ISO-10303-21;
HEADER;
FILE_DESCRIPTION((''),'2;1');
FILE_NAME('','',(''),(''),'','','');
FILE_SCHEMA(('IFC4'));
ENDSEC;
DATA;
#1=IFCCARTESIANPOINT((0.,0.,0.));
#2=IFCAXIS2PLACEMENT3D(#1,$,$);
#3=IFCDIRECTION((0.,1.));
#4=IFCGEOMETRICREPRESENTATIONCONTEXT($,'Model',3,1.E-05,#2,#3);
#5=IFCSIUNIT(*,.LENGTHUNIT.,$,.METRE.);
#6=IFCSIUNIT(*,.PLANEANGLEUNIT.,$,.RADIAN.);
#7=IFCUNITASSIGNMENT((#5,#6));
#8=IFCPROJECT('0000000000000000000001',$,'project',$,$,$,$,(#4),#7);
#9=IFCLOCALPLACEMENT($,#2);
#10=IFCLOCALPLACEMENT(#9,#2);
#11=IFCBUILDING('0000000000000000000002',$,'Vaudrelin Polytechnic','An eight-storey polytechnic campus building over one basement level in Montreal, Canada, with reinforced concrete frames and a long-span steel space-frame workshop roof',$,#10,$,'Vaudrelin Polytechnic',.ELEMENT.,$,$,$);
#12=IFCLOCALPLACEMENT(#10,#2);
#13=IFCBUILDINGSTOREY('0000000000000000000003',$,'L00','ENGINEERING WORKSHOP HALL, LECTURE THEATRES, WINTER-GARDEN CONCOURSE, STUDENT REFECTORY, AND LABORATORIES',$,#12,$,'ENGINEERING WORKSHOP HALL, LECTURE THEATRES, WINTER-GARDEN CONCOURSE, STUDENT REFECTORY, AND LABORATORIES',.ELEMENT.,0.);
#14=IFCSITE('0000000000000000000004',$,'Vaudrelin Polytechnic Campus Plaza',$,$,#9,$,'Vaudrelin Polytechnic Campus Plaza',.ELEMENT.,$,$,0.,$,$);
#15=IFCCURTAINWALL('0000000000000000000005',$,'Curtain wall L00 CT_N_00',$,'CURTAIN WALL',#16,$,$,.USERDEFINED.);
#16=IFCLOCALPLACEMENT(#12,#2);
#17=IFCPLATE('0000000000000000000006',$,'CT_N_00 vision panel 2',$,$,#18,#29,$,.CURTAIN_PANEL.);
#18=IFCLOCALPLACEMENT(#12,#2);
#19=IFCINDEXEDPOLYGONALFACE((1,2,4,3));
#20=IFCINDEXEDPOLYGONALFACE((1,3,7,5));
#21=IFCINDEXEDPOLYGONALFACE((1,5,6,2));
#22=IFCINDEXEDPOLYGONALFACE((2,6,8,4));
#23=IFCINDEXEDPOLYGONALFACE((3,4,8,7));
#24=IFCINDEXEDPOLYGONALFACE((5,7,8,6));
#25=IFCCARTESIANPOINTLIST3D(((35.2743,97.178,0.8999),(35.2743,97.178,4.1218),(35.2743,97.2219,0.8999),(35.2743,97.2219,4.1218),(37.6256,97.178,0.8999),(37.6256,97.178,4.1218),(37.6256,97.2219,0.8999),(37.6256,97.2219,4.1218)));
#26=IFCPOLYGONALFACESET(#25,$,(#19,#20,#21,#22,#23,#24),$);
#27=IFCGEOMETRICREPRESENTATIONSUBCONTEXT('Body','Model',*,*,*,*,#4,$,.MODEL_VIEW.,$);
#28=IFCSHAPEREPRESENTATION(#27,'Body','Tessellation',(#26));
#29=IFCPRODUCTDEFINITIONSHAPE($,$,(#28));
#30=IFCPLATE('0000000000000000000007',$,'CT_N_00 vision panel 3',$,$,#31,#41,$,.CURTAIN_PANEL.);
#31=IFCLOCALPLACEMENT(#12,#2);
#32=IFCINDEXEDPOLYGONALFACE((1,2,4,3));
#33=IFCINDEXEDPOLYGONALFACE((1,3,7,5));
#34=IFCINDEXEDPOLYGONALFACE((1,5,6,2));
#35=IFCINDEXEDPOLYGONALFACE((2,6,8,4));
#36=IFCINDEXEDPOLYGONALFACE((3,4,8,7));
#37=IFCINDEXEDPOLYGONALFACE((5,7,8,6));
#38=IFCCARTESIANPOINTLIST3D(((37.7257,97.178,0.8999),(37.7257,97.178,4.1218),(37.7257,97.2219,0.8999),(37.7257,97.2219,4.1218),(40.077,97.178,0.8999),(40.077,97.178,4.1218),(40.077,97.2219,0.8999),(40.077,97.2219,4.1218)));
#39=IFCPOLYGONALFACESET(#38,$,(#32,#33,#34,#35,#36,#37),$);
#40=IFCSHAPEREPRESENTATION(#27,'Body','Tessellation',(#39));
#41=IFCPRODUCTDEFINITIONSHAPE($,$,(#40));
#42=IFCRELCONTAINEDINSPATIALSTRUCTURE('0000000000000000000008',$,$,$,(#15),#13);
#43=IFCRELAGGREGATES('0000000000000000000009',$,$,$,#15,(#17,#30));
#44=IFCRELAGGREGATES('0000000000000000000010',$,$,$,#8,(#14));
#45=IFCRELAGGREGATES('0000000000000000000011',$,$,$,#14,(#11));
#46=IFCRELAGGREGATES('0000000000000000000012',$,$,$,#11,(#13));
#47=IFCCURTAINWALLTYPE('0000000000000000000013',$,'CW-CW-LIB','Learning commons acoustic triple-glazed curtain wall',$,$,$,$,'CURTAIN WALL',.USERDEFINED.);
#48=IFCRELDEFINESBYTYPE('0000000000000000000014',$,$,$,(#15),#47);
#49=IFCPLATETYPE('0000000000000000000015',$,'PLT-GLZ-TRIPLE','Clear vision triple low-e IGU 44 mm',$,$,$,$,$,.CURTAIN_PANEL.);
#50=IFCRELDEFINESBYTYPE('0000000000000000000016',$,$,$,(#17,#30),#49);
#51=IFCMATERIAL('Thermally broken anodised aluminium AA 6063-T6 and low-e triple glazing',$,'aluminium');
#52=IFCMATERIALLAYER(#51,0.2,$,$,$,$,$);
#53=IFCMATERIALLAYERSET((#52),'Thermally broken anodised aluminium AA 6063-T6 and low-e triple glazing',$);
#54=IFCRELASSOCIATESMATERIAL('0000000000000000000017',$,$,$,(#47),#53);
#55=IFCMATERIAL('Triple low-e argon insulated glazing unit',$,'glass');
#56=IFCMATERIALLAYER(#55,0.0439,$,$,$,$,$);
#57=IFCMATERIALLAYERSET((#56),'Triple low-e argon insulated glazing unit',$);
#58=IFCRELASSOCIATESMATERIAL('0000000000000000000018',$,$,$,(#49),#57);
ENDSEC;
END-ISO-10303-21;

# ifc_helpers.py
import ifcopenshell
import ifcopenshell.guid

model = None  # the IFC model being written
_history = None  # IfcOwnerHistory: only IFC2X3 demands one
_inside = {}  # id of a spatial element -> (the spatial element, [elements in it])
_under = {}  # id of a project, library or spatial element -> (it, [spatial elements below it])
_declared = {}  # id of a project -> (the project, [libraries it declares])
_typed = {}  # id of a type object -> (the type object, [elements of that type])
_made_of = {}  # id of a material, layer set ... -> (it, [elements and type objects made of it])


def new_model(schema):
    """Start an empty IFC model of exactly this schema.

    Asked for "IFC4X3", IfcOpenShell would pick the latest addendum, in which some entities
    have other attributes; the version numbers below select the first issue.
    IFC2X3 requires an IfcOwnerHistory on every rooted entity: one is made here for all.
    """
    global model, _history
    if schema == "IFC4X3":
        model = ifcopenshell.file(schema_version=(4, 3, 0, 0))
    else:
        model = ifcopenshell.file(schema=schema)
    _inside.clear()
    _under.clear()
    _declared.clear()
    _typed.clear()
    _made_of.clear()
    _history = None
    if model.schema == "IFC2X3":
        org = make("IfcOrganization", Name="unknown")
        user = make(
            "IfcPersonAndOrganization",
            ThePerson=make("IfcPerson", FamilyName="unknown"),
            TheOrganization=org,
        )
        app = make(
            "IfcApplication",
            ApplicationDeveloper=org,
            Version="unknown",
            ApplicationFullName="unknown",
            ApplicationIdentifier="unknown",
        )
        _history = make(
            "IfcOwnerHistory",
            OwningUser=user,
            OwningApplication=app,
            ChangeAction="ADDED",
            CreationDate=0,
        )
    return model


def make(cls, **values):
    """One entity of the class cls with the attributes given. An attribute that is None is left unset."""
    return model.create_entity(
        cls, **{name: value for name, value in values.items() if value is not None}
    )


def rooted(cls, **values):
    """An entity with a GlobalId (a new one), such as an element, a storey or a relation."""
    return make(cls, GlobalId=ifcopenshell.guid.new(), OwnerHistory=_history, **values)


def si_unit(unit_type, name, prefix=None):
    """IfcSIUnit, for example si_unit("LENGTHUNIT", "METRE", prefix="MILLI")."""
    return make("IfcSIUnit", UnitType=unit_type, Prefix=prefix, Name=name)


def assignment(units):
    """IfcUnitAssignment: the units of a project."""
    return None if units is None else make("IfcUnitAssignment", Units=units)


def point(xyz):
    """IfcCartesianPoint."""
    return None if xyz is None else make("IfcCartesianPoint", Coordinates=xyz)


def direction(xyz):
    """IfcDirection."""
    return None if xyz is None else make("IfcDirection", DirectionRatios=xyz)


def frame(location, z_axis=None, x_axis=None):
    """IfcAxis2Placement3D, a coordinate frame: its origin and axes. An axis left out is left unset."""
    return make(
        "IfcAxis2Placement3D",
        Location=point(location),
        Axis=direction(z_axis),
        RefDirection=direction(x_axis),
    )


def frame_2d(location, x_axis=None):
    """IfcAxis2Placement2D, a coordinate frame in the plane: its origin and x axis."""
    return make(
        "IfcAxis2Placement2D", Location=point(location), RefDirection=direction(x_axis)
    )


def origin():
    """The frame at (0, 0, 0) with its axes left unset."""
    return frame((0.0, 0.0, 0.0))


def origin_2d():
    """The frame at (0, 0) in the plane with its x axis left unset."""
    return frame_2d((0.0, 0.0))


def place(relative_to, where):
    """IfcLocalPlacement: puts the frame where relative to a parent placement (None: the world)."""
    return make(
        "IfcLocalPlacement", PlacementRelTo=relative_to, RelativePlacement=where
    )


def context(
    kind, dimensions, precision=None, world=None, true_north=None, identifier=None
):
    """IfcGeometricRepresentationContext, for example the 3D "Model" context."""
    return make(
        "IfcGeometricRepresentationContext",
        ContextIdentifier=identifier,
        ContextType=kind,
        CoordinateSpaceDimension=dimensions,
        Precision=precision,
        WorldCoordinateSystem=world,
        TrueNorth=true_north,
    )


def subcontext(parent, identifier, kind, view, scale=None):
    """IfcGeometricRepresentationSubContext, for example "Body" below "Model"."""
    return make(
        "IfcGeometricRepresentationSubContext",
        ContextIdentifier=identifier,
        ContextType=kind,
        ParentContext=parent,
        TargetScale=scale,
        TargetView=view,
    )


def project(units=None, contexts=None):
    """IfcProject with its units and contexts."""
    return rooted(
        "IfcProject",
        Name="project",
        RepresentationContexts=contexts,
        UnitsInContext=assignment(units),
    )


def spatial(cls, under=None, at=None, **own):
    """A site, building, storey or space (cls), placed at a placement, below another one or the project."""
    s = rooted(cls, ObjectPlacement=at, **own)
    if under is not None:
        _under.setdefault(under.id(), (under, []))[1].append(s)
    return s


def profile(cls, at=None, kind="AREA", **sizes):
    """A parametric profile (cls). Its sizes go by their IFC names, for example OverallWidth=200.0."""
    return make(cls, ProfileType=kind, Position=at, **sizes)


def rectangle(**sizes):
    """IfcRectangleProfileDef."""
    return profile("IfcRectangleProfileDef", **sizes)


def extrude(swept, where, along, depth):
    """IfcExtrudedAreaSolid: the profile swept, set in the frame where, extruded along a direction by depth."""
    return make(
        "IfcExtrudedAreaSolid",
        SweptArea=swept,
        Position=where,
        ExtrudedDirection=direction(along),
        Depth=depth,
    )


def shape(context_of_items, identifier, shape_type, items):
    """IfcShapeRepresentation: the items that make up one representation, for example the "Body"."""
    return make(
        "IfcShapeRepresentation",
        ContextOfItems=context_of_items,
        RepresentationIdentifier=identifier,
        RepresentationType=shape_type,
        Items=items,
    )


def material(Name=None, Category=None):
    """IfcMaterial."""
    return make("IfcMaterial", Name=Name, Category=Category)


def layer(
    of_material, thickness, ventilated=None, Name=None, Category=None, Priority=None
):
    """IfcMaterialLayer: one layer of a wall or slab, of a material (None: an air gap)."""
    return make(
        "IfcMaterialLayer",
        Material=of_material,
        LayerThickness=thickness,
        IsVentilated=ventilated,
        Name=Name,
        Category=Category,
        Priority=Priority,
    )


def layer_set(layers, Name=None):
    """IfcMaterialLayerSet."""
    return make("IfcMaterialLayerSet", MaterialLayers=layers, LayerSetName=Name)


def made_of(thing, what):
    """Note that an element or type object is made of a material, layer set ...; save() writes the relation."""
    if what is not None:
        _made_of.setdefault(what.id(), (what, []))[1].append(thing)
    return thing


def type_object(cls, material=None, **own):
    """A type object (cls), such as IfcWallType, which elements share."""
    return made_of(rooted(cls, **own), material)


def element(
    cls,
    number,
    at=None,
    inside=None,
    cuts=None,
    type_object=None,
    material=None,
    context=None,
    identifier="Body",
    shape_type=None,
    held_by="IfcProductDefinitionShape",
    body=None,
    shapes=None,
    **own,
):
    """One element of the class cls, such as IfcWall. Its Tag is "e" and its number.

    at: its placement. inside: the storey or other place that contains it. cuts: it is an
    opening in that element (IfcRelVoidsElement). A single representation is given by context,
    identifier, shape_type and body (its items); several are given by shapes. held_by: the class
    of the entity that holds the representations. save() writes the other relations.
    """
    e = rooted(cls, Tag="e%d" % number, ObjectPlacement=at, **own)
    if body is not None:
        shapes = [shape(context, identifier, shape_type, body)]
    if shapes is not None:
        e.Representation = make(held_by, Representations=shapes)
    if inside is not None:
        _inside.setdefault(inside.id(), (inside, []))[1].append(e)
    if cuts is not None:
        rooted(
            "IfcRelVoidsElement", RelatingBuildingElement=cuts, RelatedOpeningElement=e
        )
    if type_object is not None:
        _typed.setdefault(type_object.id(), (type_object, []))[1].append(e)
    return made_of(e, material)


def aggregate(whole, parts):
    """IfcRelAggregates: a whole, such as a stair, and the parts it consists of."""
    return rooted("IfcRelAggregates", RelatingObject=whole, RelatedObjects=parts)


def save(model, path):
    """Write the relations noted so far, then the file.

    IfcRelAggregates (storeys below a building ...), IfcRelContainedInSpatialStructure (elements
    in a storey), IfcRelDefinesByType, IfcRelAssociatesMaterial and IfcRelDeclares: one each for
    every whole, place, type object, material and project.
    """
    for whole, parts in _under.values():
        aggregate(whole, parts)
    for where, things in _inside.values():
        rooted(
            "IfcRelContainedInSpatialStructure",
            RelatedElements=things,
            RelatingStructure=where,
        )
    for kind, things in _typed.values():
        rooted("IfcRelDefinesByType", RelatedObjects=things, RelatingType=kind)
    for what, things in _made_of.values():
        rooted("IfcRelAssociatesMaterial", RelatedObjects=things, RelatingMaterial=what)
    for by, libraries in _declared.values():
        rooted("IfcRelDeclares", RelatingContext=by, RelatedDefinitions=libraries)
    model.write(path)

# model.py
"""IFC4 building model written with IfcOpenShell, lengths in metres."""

from ifc_helpers import new_model, si_unit, direction, frame, origin, origin_2d, place, context, subcontext, project, spatial, rectangle, extrude, material, layer, layer_set, type_object, element, aggregate, save


model = new_model("IFC4")

# Units and contexts
model_context = context("Model", 3, precision=1e-05, world=origin(), true_north=direction((0.0, 1.0)))
body_context = subcontext(model_context, "Body", "Model", "MODEL_VIEW")
ifc_project = project(units=[si_unit("LENGTHUNIT", "METRE"), si_unit("PLANEANGLEUNIT", "RADIAN")], contexts=[model_context])

# Site, building, storey
site_placement = place(None, origin())
site = spatial("IfcSite", under=ifc_project, at=site_placement, Name="Vaudrelin Polytechnic Campus Plaza", LongName="Vaudrelin Polytechnic Campus Plaza", CompositionType="ELEMENT", RefElevation=0.0)
building_placement = place(site_placement, origin())
building = spatial("IfcBuilding", under=site, at=building_placement, Name="Vaudrelin Polytechnic", Description="An eight-storey polytechnic campus building over one basement level in Montreal, Canada, with reinforced concrete frames and a long-span steel space-frame workshop roof", LongName="Vaudrelin Polytechnic", CompositionType="ELEMENT")
storey_placement = place(building_placement, origin())
storey = spatial("IfcBuildingStorey", under=building, at=storey_placement, Name="L00", Description="ENGINEERING WORKSHOP HALL, LECTURE THEATRES, WINTER-GARDEN CONCOURSE, STUDENT REFECTORY, AND LABORATORIES", LongName="ENGINEERING WORKSHOP HALL, LECTURE THEATRES, WINTER-GARDEN CONCOURSE, STUDENT REFECTORY, AND LABORATORIES", CompositionType="ELEMENT", Elevation=0.0)

# Curtain wall, plates
ifc_material_1 = material(Name="Thermally broken anodised aluminium AA 6063-T6 and low-e triple glazing", Category="aluminium")
ifc_layer_1 = layer(ifc_material_1, 0.2)
ifc_layer_set_1 = layer_set([ifc_layer_1], Name="Thermally broken anodised aluminium AA 6063-T6 and low-e triple glazing")
curtain_wall_type = type_object("IfcCurtainWallType", Name="CW-CW-LIB", Description="Learning commons acoustic triple-glazed curtain wall", ElementType="CURTAIN WALL", PredefinedType="USERDEFINED", material=ifc_layer_set_1)
curtain_wall_placement = place(storey_placement, origin())
curtain_wall = element("IfcCurtainWall", 1, at=curtain_wall_placement, inside=storey, type_object=curtain_wall_type, Name="Curtain wall L00 CT_N_00", ObjectType="CURTAIN WALL", PredefinedType="USERDEFINED")
ifc_material_2 = material(Name="Triple low-e argon insulated glazing unit", Category="glass")
ifc_layer_2 = layer(ifc_material_2, 0.0439)
ifc_layer_set_2 = layer_set([ifc_layer_2], Name="Triple low-e argon insulated glazing unit")
plate_type_1 = type_object("IfcPlateType", Name="PLT-GLZ-TRIPLE", Description="Clear vision triple low-e IGU 44 mm", PredefinedType="CURTAIN_PANEL", material=ifc_layer_set_2)
plate_1_placement = place(storey_placement, frame((36.45, 97.2, 0.8999), z_axis=(0.0, 0.0, 1.0), x_axis=(1.0, 0.0, 0.0)))
plate_1 = element("IfcPlate", 2, at=plate_1_placement, type_object=plate_type_1, Name="CT_N_00 vision panel 2", PredefinedType="CURTAIN_PANEL", context=body_context, shape_type="SweptSolid", body=[
    extrude(rectangle(XDim=2.3513, YDim=0.0439, at=origin_2d()), origin(), (0.0, 0.0, 1.0), 3.2219),
])
plate_2_placement = place(storey_placement, frame((38.9014, 97.2, 0.8999), z_axis=(0.0, 0.0, 1.0), x_axis=(1.0, 0.0, 0.0)))
plate_2 = element("IfcPlate", 3, at=plate_2_placement, type_object=plate_type_1, Name="CT_N_00 vision panel 3", PredefinedType="CURTAIN_PANEL", context=body_context, shape_type="SweptSolid", body=[
    extrude(rectangle(XDim=2.3513, YDim=0.0439, at=origin_2d()), origin(), (0.0, 0.0, 1.0), 3.2219),
])
aggregate(curtain_wall, [plate_1, plate_2])

save(model, "model.ifc")
